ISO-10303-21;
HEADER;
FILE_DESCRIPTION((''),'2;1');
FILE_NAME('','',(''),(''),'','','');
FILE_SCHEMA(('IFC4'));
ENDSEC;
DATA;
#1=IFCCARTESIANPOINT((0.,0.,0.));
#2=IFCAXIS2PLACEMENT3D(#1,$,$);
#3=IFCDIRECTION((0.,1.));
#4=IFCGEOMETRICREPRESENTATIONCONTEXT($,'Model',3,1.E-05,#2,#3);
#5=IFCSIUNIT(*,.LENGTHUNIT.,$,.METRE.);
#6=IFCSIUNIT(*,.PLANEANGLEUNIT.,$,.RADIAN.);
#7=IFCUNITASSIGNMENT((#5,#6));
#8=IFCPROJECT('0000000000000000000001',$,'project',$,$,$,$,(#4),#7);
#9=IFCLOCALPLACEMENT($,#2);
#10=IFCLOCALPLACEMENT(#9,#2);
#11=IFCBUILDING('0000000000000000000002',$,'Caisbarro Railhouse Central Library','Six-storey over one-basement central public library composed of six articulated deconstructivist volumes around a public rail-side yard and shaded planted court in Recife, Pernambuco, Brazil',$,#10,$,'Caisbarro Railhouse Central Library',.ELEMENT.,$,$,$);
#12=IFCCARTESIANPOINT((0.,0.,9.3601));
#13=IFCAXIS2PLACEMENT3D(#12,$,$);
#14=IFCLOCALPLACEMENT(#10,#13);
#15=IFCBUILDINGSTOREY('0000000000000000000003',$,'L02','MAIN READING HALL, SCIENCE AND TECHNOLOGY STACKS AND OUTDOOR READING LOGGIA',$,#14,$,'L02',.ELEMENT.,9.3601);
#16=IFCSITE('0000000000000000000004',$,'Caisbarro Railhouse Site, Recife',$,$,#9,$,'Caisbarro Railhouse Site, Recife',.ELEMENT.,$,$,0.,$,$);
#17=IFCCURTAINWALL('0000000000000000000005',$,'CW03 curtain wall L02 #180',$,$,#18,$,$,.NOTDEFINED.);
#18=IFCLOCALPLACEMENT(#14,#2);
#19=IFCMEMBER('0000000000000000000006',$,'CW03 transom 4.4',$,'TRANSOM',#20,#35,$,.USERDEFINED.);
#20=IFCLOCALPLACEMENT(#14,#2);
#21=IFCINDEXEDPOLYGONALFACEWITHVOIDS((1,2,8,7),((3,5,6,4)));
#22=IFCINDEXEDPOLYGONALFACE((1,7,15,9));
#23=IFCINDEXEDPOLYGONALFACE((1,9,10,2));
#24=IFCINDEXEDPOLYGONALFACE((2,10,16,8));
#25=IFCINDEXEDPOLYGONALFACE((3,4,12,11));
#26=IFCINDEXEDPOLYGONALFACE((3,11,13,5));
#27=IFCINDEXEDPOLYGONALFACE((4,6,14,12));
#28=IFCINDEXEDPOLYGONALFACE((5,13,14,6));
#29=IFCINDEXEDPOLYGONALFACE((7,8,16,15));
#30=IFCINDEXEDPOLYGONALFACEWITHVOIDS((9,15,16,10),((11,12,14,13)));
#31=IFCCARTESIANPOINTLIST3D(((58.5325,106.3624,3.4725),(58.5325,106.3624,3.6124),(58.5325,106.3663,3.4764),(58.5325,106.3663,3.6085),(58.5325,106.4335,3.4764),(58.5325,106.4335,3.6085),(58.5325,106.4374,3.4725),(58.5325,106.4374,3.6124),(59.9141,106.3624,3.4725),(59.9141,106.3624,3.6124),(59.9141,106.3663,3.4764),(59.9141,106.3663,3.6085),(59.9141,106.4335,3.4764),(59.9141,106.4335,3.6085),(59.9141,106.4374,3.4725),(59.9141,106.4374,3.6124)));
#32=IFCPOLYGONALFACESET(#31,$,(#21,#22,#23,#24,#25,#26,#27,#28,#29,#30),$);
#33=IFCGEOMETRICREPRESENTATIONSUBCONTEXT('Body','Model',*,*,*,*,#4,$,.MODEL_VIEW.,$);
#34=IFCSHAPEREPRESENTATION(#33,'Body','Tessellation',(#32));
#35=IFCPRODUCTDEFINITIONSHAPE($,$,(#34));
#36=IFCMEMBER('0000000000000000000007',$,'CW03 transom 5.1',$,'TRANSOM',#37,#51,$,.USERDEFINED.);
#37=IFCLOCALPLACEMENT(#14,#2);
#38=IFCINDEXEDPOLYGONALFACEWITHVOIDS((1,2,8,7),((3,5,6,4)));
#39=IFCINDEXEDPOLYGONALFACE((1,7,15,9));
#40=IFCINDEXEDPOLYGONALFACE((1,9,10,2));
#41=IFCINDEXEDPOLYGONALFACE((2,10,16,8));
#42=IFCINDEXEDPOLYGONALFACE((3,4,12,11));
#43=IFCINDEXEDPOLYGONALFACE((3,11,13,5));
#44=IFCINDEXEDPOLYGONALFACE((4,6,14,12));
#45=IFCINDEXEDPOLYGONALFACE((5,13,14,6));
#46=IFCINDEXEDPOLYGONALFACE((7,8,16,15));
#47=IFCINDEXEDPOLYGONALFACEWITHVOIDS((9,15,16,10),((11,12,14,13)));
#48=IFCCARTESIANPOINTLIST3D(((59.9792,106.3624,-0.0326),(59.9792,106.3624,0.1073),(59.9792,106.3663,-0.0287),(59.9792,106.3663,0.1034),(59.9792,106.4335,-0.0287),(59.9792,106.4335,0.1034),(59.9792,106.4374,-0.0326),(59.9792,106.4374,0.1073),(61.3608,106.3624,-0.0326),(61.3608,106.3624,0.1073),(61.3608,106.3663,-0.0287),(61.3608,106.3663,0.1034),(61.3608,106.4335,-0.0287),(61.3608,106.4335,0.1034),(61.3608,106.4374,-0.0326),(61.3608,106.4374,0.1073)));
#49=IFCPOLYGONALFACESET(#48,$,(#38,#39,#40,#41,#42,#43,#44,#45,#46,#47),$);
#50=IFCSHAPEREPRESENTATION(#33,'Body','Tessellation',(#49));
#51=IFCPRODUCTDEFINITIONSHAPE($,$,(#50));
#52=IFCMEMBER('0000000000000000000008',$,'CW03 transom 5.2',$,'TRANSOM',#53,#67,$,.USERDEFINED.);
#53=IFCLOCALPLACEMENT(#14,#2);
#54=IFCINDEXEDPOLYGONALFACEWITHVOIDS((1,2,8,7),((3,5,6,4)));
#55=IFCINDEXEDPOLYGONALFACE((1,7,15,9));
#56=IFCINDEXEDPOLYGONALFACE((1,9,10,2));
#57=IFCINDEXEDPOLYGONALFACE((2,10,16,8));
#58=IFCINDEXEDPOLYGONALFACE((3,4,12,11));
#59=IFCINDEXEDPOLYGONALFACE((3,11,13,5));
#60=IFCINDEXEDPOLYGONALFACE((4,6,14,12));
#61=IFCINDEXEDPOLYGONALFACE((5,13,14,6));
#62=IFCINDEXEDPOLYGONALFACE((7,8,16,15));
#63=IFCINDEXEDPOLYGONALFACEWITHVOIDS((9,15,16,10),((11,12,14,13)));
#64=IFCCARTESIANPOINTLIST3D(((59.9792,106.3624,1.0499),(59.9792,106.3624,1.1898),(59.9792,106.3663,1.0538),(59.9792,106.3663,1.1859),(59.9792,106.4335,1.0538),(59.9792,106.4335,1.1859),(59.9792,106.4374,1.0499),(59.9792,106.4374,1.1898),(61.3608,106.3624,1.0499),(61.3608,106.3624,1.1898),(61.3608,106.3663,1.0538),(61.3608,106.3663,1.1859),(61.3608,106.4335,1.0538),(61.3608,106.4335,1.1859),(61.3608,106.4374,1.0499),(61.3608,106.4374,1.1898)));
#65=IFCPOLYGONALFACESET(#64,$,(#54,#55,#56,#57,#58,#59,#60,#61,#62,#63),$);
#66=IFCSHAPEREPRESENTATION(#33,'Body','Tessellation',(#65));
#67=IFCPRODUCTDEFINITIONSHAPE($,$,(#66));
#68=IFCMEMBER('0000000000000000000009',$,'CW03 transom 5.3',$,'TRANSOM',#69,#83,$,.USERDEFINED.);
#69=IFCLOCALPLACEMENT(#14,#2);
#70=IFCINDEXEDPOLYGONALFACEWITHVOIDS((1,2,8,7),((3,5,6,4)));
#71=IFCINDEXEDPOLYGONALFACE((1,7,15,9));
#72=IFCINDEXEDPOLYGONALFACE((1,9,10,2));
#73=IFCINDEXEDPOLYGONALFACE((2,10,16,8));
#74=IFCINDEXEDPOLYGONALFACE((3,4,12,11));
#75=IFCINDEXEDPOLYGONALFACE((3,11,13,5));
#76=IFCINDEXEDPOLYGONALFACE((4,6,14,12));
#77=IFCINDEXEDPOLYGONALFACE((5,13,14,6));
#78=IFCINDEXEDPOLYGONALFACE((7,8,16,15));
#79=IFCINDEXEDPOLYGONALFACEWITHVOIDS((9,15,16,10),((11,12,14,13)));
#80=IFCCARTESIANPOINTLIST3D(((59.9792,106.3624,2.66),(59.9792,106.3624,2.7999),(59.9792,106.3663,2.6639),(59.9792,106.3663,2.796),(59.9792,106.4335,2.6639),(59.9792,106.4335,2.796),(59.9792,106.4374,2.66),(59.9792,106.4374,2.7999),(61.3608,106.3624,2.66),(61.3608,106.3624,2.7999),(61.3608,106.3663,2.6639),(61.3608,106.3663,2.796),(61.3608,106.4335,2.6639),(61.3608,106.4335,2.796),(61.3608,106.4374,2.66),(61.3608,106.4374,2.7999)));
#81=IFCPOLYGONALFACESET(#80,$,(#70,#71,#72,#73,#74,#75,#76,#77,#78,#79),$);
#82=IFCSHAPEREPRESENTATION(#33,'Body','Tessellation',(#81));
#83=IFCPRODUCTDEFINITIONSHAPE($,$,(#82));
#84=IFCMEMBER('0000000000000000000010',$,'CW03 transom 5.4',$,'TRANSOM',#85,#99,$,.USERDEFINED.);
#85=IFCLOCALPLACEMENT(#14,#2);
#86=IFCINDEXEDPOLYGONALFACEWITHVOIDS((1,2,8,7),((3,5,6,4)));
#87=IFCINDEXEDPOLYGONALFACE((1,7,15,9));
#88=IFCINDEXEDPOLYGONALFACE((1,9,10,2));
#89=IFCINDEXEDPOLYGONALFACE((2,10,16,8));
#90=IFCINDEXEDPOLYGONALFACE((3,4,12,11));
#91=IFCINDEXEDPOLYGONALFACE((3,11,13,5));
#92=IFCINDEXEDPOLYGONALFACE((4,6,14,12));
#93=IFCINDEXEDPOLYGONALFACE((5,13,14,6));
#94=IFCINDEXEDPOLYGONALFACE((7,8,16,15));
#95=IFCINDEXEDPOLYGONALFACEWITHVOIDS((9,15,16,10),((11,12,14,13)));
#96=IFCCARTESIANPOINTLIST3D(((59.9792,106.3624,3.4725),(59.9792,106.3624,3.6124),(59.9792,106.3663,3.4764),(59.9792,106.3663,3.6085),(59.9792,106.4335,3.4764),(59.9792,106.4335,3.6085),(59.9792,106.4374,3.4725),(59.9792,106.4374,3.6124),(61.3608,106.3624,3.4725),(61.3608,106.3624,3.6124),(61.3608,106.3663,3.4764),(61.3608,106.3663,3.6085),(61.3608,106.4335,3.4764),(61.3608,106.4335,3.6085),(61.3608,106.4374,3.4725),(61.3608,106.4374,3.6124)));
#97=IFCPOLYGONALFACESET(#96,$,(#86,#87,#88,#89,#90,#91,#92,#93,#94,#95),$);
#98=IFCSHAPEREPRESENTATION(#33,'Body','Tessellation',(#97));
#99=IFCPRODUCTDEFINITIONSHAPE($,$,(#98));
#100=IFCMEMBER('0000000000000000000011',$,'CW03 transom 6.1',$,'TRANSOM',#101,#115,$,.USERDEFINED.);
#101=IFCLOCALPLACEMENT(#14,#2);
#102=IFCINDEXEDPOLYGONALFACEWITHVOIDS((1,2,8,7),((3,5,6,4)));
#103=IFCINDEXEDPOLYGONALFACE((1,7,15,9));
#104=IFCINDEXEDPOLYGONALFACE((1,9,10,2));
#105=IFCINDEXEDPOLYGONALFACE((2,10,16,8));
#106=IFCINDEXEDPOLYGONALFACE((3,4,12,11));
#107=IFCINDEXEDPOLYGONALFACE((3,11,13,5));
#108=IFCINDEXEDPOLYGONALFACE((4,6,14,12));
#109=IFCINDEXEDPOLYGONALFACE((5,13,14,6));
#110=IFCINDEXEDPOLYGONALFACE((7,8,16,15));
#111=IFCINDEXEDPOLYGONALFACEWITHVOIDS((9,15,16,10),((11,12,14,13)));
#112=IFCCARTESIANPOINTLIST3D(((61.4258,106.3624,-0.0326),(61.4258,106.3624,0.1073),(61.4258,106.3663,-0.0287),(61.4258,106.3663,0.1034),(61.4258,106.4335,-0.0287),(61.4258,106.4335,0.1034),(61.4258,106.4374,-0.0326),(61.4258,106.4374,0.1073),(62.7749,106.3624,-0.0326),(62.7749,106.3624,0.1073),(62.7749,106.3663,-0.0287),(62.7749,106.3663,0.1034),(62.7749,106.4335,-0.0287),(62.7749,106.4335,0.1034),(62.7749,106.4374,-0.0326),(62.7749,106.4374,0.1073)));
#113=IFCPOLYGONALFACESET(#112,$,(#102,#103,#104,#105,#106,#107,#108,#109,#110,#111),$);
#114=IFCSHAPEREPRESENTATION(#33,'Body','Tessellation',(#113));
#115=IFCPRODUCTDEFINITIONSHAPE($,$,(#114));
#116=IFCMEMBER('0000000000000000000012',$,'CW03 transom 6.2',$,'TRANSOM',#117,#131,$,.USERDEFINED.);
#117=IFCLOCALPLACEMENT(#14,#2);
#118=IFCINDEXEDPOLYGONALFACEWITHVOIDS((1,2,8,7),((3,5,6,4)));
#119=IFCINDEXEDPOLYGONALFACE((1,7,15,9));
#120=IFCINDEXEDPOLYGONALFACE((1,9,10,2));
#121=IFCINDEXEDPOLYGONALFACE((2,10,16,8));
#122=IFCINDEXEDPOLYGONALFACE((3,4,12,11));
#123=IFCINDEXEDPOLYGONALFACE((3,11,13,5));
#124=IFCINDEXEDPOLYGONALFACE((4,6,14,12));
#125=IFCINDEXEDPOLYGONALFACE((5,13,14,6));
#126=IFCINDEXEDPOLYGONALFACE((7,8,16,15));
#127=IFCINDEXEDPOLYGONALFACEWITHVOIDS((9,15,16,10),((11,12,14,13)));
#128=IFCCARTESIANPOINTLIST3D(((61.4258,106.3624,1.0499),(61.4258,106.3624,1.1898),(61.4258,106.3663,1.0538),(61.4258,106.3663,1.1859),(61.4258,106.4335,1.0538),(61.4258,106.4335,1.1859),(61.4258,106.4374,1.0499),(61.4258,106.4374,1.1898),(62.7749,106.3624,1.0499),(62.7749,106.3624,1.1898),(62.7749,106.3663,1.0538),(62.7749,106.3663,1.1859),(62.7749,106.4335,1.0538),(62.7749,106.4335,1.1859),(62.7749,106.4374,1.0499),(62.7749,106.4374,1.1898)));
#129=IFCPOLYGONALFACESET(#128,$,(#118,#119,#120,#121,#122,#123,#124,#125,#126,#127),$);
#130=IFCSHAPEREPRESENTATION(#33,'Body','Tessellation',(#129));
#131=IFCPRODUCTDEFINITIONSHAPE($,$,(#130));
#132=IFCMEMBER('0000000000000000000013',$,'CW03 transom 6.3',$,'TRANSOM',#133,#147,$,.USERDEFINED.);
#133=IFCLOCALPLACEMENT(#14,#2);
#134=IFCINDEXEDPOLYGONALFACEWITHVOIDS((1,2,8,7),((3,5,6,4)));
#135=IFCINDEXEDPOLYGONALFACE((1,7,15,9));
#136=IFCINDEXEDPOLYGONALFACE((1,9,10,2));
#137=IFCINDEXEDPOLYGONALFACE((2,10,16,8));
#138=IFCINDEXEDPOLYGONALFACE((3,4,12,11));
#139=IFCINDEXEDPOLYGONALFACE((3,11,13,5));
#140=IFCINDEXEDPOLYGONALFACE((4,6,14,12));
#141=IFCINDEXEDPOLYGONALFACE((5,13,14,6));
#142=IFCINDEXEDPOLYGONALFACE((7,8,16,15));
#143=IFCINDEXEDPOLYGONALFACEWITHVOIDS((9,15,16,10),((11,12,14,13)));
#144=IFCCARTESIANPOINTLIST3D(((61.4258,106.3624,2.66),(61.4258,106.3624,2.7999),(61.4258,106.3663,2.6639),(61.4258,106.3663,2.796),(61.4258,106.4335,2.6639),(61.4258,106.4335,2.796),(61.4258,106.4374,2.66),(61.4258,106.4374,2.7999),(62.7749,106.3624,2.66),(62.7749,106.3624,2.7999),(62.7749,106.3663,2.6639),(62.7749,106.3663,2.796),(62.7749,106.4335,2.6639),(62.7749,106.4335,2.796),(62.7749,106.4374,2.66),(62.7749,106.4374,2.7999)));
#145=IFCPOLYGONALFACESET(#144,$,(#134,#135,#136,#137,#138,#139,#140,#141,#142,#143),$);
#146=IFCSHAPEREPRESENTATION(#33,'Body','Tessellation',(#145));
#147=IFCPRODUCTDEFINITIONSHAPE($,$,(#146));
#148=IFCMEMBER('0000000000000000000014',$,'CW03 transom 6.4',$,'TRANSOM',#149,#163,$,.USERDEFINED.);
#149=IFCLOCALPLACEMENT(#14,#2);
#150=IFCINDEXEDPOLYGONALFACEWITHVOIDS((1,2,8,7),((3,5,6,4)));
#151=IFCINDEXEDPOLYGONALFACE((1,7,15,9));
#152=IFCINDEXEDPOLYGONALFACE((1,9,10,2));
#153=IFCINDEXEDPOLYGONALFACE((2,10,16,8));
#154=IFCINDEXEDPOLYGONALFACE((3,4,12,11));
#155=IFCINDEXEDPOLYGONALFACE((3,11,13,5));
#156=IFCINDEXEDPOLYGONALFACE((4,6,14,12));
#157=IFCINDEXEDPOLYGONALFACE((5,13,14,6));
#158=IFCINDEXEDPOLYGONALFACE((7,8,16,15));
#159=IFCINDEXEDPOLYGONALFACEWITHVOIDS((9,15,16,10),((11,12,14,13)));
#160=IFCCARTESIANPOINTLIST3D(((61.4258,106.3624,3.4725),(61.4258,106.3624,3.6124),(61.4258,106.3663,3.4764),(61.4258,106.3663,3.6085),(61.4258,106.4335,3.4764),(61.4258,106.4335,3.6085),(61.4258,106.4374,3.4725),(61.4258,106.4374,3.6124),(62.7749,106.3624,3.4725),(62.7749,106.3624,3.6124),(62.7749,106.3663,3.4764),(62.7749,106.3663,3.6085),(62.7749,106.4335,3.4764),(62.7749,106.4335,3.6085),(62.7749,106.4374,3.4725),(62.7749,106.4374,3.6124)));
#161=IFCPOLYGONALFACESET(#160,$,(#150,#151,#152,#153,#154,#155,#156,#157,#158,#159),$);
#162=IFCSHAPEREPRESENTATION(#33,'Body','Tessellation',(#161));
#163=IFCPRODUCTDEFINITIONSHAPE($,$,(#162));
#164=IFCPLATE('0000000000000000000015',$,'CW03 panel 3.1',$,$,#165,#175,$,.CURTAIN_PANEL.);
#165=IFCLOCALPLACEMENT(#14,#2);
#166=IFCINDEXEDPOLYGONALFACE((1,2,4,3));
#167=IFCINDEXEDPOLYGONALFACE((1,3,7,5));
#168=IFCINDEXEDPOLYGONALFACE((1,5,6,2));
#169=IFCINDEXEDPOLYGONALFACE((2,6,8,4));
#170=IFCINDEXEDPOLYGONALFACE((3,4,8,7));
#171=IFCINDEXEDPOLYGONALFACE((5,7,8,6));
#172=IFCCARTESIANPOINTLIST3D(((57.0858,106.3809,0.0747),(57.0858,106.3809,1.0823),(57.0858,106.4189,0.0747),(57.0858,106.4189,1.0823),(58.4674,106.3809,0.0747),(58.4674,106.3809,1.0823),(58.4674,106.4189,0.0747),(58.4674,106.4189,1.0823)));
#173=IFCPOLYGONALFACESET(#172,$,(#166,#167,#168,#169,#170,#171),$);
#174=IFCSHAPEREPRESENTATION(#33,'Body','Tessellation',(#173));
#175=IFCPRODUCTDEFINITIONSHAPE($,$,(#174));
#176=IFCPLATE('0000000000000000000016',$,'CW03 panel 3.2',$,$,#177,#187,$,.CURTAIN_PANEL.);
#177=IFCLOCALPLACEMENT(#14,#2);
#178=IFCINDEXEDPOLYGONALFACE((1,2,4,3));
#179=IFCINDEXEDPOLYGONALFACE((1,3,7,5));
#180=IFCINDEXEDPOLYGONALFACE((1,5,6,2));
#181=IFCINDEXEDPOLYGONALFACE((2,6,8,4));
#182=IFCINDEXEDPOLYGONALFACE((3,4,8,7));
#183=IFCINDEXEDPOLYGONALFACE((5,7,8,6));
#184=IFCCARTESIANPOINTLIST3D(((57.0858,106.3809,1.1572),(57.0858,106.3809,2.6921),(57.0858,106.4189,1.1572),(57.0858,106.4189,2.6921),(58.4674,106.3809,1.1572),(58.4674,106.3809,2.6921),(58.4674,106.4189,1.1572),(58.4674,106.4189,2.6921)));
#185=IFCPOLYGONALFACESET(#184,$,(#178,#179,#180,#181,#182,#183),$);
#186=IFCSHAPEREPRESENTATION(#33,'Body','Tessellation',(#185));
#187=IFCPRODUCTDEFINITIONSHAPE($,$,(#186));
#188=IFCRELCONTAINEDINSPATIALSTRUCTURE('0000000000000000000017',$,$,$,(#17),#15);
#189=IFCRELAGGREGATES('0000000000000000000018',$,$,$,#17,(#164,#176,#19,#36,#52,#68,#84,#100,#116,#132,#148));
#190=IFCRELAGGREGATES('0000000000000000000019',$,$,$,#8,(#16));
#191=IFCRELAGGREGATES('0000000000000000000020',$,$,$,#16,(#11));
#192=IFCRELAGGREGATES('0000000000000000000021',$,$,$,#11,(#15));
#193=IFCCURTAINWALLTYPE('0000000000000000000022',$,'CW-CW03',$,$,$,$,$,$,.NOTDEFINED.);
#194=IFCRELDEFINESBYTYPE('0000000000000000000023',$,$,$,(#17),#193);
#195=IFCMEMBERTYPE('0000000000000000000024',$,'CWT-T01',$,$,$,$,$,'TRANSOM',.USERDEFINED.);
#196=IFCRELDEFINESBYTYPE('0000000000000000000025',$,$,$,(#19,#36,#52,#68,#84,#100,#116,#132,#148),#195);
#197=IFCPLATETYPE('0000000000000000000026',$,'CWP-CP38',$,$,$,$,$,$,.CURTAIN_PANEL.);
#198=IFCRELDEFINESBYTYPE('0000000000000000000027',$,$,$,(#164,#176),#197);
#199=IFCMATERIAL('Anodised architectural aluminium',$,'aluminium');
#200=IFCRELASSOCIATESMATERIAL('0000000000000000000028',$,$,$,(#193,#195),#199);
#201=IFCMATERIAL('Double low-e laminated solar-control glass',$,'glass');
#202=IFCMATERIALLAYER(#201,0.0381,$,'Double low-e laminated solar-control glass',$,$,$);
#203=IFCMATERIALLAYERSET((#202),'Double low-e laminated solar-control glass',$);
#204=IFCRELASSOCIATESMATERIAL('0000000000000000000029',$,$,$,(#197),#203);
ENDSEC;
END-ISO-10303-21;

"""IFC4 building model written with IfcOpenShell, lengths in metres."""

from ifc_helpers import new_model, si_unit, direction, frame, origin, origin_2d, place, context, subcontext, project, spatial, rectangle, hollow_rectangle, extrude, material, layer, layer_set, material_profile, profile_set, type_object, element, aggregate, save


model = new_model("IFC4")

# Units and contexts
model_context = context("Model", 3, precision=1e-05, world=origin(), true_north=direction((0.0, 1.0)))
body_context = subcontext(model_context, "Body", "Model", "MODEL_VIEW")
ifc_project = project(units=[si_unit("LENGTHUNIT", "METRE"), si_unit("PLANEANGLEUNIT", "RADIAN")], contexts=[model_context])

# Site, building, storey
site_placement = place(None, origin())
site = spatial("IfcSite", under=ifc_project, at=site_placement, Name="Caisbarro Railhouse Site, Recife", LongName="Caisbarro Railhouse Site, Recife", CompositionType="ELEMENT", RefElevation=0.0)
building_placement = place(site_placement, origin())
building = spatial("IfcBuilding", under=site, at=building_placement, Name="Caisbarro Railhouse Central Library", Description="Six-storey over one-basement central public library composed of six articulated deconstructivist volumes around a public rail-side yard and shaded planted court in Recife, Pernambuco, Brazil", LongName="Caisbarro Railhouse Central Library", CompositionType="ELEMENT")
storey_placement = place(building_placement, frame((0.0, 0.0, 9.3601)))
storey = spatial("IfcBuildingStorey", under=building, at=storey_placement, Name="L02", Description="MAIN READING HALL, SCIENCE AND TECHNOLOGY STACKS AND OUTDOOR READING LOGGIA", LongName="L02", CompositionType="ELEMENT", Elevation=9.3601)

# Curtain wall, members, plates
ifc_material_1 = material(Name="Anodised architectural aluminium", Category="aluminium")
curtain_wall_type = type_object("IfcCurtainWallType", Name="CW-CW03", PredefinedType="NOTDEFINED", material=ifc_material_1)
curtain_wall_placement = place(storey_placement, origin())
curtain_wall = element("IfcCurtainWall", 1, at=curtain_wall_placement, inside=storey, type_object=curtain_wall_type, Name="CW03 curtain wall L02 #180", PredefinedType="NOTDEFINED")
ifc_material_profile_1 = material_profile(ifc_material_1, hollow_rectangle(XDim=0.075, YDim=0.1399, WallThickness=0.0039, at=origin_2d()), Name="ALU-TRN-75X140")
ifc_profile_set_1 = profile_set([ifc_material_profile_1], Name="Anodised architectural aluminium")
member_type_1 = type_object("IfcMemberType", Name="CWT-T01", ElementType="TRANSOM", PredefinedType="USERDEFINED", material=ifc_profile_set_1)
member_1_placement = place(storey_placement, frame((58.5325, 106.3999, 3.5425), z_axis=(1.0, 0.0, 0.0), x_axis=(0.0, 1.0, 0.0)))
member_1 = element("IfcMember", 2, at=member_1_placement, type_object=member_type_1, Name="CW03 transom 4.4", ObjectType="TRANSOM", PredefinedType="USERDEFINED", context=body_context, shape_type="SweptSolid", body=[
    extrude(hollow_rectangle(XDim=0.075, YDim=0.1399, WallThickness=0.0039, at=origin_2d()), origin(), (0.0, 0.0, 1.0), 1.3816),
])
member_2_placement = place(storey_placement, frame((59.9792, 106.3999, 0.0374), z_axis=(1.0, 0.0, 0.0), x_axis=(0.0, 1.0, 0.0)))
member_2 = element("IfcMember", 3, at=member_2_placement, type_object=member_type_1, Name="CW03 transom 5.1", ObjectType="TRANSOM", PredefinedType="USERDEFINED", context=body_context, shape_type="SweptSolid", body=[
    extrude(hollow_rectangle(XDim=0.075, YDim=0.1399, WallThickness=0.0039, at=origin_2d()), origin(), (0.0, 0.0, 1.0), 1.3816),
])
member_3_placement = place(storey_placement, frame((59.9792, 106.3999, 1.1199), z_axis=(1.0, 0.0, 0.0), x_axis=(0.0, 1.0, 0.0)))
member_3 = element("IfcMember", 4, at=member_3_placement, type_object=member_type_1, Name="CW03 transom 5.2", ObjectType="TRANSOM", PredefinedType="USERDEFINED", context=body_context, shape_type="SweptSolid", body=[
    extrude(hollow_rectangle(XDim=0.075, YDim=0.1399, WallThickness=0.0039, at=origin_2d()), origin(), (0.0, 0.0, 1.0), 1.3816),
])
member_4_placement = place(storey_placement, frame((59.9792, 106.3999, 2.73), z_axis=(1.0, 0.0, 0.0), x_axis=(0.0, 1.0, 0.0)))
member_4 = element("IfcMember", 5, at=member_4_placement, type_object=member_type_1, Name="CW03 transom 5.3", ObjectType="TRANSOM", PredefinedType="USERDEFINED", context=body_context, shape_type="SweptSolid", body=[
    extrude(hollow_rectangle(XDim=0.075, YDim=0.1399, WallThickness=0.0039, at=origin_2d()), origin(), (0.0, 0.0, 1.0), 1.3816),
])
member_5_placement = place(storey_placement, frame((59.9792, 106.3999, 3.5425), z_axis=(1.0, 0.0, 0.0), x_axis=(0.0, 1.0, 0.0)))
member_5 = element("IfcMember", 6, at=member_5_placement, type_object=member_type_1, Name="CW03 transom 5.4", ObjectType="TRANSOM", PredefinedType="USERDEFINED", context=body_context, shape_type="SweptSolid", body=[
    extrude(hollow_rectangle(XDim=0.075, YDim=0.1399, WallThickness=0.0039, at=origin_2d()), origin(), (0.0, 0.0, 1.0), 1.3816),
])
member_6_placement = place(storey_placement, frame((61.4258, 106.3999, 0.0374), z_axis=(1.0, 0.0, 0.0), x_axis=(0.0, 1.0, 0.0)))
member_6 = element("IfcMember", 7, at=member_6_placement, type_object=member_type_1, Name="CW03 transom 6.1", ObjectType="TRANSOM", PredefinedType="USERDEFINED", context=body_context, shape_type="SweptSolid", body=[
    extrude(hollow_rectangle(XDim=0.075, YDim=0.1399, WallThickness=0.0039, at=origin_2d()), origin(), (0.0, 0.0, 1.0), 1.3491),
])
member_7_placement = place(storey_placement, frame((61.4258, 106.3999, 1.1199), z_axis=(1.0, 0.0, 0.0), x_axis=(0.0, 1.0, 0.0)))
member_7 = element("IfcMember", 8, at=member_7_placement, type_object=member_type_1, Name="CW03 transom 6.2", ObjectType="TRANSOM", PredefinedType="USERDEFINED", context=body_context, shape_type="SweptSolid", body=[
    extrude(hollow_rectangle(XDim=0.075, YDim=0.1399, WallThickness=0.0039, at=origin_2d()), origin(), (0.0, 0.0, 1.0), 1.3491),
])
member_8_placement = place(storey_placement, frame((61.4258, 106.3999, 2.73), z_axis=(1.0, 0.0, 0.0), x_axis=(0.0, 1.0, 0.0)))
member_8 = element("IfcMember", 9, at=member_8_placement, type_object=member_type_1, Name="CW03 transom 6.3", ObjectType="TRANSOM", PredefinedType="USERDEFINED", context=body_context, shape_type="SweptSolid", body=[
    extrude(hollow_rectangle(XDim=0.075, YDim=0.1399, WallThickness=0.0039, at=origin_2d()), origin(), (0.0, 0.0, 1.0), 1.3491),
])
member_9_placement = place(storey_placement, frame((61.4258, 106.3999, 3.5425), z_axis=(1.0, 0.0, 0.0), x_axis=(0.0, 1.0, 0.0)))
member_9 = element("IfcMember", 10, at=member_9_placement, type_object=member_type_1, Name="CW03 transom 6.4", ObjectType="TRANSOM", PredefinedType="USERDEFINED", context=body_context, shape_type="SweptSolid", body=[
    extrude(hollow_rectangle(XDim=0.075, YDim=0.1399, WallThickness=0.0039, at=origin_2d()), origin(), (0.0, 0.0, 1.0), 1.3491),
])
ifc_material_2 = material(Name="Double low-e laminated solar-control glass", Category="glass")
ifc_layer = layer(ifc_material_2, 0.0381, Name="Double low-e laminated solar-control glass")
ifc_layer_set = layer_set([ifc_layer], Name="Double low-e laminated solar-control glass")
plate_type = type_object("IfcPlateType", Name="CWP-CP38", PredefinedType="CURTAIN_PANEL", material=ifc_layer_set)
plate_1_placement = place(storey_placement, frame((57.7766, 106.3999, 0.0747), z_axis=(0.0, 0.0, 1.0), x_axis=(1.0, 0.0, 0.0)))
plate_1 = element("IfcPlate", 11, at=plate_1_placement, type_object=plate_type, Name="CW03 panel 3.1", PredefinedType="CURTAIN_PANEL", context=body_context, shape_type="SweptSolid", body=[
    extrude(rectangle(XDim=1.3816, YDim=0.0381, at=origin_2d()), origin(), (0.0, 0.0, 1.0), 1.0076),
])
plate_2_placement = place(storey_placement, frame((57.7766, 106.3999, 1.1572), z_axis=(0.0, 0.0, 1.0), x_axis=(1.0, 0.0, 0.0)))
plate_2 = element("IfcPlate", 12, at=plate_2_placement, type_object=plate_type, Name="CW03 panel 3.2", PredefinedType="CURTAIN_PANEL", context=body_context, shape_type="SweptSolid", body=[
    extrude(rectangle(XDim=1.3816, YDim=0.0381, at=origin_2d()), origin(), (0.0, 0.0, 1.0), 1.5349),
])
aggregate(curtain_wall, [plate_1, plate_2, member_1, member_2, member_3, member_4, member_5, member_6, member_7, member_8, member_9])

save(model, "model.ifc")
